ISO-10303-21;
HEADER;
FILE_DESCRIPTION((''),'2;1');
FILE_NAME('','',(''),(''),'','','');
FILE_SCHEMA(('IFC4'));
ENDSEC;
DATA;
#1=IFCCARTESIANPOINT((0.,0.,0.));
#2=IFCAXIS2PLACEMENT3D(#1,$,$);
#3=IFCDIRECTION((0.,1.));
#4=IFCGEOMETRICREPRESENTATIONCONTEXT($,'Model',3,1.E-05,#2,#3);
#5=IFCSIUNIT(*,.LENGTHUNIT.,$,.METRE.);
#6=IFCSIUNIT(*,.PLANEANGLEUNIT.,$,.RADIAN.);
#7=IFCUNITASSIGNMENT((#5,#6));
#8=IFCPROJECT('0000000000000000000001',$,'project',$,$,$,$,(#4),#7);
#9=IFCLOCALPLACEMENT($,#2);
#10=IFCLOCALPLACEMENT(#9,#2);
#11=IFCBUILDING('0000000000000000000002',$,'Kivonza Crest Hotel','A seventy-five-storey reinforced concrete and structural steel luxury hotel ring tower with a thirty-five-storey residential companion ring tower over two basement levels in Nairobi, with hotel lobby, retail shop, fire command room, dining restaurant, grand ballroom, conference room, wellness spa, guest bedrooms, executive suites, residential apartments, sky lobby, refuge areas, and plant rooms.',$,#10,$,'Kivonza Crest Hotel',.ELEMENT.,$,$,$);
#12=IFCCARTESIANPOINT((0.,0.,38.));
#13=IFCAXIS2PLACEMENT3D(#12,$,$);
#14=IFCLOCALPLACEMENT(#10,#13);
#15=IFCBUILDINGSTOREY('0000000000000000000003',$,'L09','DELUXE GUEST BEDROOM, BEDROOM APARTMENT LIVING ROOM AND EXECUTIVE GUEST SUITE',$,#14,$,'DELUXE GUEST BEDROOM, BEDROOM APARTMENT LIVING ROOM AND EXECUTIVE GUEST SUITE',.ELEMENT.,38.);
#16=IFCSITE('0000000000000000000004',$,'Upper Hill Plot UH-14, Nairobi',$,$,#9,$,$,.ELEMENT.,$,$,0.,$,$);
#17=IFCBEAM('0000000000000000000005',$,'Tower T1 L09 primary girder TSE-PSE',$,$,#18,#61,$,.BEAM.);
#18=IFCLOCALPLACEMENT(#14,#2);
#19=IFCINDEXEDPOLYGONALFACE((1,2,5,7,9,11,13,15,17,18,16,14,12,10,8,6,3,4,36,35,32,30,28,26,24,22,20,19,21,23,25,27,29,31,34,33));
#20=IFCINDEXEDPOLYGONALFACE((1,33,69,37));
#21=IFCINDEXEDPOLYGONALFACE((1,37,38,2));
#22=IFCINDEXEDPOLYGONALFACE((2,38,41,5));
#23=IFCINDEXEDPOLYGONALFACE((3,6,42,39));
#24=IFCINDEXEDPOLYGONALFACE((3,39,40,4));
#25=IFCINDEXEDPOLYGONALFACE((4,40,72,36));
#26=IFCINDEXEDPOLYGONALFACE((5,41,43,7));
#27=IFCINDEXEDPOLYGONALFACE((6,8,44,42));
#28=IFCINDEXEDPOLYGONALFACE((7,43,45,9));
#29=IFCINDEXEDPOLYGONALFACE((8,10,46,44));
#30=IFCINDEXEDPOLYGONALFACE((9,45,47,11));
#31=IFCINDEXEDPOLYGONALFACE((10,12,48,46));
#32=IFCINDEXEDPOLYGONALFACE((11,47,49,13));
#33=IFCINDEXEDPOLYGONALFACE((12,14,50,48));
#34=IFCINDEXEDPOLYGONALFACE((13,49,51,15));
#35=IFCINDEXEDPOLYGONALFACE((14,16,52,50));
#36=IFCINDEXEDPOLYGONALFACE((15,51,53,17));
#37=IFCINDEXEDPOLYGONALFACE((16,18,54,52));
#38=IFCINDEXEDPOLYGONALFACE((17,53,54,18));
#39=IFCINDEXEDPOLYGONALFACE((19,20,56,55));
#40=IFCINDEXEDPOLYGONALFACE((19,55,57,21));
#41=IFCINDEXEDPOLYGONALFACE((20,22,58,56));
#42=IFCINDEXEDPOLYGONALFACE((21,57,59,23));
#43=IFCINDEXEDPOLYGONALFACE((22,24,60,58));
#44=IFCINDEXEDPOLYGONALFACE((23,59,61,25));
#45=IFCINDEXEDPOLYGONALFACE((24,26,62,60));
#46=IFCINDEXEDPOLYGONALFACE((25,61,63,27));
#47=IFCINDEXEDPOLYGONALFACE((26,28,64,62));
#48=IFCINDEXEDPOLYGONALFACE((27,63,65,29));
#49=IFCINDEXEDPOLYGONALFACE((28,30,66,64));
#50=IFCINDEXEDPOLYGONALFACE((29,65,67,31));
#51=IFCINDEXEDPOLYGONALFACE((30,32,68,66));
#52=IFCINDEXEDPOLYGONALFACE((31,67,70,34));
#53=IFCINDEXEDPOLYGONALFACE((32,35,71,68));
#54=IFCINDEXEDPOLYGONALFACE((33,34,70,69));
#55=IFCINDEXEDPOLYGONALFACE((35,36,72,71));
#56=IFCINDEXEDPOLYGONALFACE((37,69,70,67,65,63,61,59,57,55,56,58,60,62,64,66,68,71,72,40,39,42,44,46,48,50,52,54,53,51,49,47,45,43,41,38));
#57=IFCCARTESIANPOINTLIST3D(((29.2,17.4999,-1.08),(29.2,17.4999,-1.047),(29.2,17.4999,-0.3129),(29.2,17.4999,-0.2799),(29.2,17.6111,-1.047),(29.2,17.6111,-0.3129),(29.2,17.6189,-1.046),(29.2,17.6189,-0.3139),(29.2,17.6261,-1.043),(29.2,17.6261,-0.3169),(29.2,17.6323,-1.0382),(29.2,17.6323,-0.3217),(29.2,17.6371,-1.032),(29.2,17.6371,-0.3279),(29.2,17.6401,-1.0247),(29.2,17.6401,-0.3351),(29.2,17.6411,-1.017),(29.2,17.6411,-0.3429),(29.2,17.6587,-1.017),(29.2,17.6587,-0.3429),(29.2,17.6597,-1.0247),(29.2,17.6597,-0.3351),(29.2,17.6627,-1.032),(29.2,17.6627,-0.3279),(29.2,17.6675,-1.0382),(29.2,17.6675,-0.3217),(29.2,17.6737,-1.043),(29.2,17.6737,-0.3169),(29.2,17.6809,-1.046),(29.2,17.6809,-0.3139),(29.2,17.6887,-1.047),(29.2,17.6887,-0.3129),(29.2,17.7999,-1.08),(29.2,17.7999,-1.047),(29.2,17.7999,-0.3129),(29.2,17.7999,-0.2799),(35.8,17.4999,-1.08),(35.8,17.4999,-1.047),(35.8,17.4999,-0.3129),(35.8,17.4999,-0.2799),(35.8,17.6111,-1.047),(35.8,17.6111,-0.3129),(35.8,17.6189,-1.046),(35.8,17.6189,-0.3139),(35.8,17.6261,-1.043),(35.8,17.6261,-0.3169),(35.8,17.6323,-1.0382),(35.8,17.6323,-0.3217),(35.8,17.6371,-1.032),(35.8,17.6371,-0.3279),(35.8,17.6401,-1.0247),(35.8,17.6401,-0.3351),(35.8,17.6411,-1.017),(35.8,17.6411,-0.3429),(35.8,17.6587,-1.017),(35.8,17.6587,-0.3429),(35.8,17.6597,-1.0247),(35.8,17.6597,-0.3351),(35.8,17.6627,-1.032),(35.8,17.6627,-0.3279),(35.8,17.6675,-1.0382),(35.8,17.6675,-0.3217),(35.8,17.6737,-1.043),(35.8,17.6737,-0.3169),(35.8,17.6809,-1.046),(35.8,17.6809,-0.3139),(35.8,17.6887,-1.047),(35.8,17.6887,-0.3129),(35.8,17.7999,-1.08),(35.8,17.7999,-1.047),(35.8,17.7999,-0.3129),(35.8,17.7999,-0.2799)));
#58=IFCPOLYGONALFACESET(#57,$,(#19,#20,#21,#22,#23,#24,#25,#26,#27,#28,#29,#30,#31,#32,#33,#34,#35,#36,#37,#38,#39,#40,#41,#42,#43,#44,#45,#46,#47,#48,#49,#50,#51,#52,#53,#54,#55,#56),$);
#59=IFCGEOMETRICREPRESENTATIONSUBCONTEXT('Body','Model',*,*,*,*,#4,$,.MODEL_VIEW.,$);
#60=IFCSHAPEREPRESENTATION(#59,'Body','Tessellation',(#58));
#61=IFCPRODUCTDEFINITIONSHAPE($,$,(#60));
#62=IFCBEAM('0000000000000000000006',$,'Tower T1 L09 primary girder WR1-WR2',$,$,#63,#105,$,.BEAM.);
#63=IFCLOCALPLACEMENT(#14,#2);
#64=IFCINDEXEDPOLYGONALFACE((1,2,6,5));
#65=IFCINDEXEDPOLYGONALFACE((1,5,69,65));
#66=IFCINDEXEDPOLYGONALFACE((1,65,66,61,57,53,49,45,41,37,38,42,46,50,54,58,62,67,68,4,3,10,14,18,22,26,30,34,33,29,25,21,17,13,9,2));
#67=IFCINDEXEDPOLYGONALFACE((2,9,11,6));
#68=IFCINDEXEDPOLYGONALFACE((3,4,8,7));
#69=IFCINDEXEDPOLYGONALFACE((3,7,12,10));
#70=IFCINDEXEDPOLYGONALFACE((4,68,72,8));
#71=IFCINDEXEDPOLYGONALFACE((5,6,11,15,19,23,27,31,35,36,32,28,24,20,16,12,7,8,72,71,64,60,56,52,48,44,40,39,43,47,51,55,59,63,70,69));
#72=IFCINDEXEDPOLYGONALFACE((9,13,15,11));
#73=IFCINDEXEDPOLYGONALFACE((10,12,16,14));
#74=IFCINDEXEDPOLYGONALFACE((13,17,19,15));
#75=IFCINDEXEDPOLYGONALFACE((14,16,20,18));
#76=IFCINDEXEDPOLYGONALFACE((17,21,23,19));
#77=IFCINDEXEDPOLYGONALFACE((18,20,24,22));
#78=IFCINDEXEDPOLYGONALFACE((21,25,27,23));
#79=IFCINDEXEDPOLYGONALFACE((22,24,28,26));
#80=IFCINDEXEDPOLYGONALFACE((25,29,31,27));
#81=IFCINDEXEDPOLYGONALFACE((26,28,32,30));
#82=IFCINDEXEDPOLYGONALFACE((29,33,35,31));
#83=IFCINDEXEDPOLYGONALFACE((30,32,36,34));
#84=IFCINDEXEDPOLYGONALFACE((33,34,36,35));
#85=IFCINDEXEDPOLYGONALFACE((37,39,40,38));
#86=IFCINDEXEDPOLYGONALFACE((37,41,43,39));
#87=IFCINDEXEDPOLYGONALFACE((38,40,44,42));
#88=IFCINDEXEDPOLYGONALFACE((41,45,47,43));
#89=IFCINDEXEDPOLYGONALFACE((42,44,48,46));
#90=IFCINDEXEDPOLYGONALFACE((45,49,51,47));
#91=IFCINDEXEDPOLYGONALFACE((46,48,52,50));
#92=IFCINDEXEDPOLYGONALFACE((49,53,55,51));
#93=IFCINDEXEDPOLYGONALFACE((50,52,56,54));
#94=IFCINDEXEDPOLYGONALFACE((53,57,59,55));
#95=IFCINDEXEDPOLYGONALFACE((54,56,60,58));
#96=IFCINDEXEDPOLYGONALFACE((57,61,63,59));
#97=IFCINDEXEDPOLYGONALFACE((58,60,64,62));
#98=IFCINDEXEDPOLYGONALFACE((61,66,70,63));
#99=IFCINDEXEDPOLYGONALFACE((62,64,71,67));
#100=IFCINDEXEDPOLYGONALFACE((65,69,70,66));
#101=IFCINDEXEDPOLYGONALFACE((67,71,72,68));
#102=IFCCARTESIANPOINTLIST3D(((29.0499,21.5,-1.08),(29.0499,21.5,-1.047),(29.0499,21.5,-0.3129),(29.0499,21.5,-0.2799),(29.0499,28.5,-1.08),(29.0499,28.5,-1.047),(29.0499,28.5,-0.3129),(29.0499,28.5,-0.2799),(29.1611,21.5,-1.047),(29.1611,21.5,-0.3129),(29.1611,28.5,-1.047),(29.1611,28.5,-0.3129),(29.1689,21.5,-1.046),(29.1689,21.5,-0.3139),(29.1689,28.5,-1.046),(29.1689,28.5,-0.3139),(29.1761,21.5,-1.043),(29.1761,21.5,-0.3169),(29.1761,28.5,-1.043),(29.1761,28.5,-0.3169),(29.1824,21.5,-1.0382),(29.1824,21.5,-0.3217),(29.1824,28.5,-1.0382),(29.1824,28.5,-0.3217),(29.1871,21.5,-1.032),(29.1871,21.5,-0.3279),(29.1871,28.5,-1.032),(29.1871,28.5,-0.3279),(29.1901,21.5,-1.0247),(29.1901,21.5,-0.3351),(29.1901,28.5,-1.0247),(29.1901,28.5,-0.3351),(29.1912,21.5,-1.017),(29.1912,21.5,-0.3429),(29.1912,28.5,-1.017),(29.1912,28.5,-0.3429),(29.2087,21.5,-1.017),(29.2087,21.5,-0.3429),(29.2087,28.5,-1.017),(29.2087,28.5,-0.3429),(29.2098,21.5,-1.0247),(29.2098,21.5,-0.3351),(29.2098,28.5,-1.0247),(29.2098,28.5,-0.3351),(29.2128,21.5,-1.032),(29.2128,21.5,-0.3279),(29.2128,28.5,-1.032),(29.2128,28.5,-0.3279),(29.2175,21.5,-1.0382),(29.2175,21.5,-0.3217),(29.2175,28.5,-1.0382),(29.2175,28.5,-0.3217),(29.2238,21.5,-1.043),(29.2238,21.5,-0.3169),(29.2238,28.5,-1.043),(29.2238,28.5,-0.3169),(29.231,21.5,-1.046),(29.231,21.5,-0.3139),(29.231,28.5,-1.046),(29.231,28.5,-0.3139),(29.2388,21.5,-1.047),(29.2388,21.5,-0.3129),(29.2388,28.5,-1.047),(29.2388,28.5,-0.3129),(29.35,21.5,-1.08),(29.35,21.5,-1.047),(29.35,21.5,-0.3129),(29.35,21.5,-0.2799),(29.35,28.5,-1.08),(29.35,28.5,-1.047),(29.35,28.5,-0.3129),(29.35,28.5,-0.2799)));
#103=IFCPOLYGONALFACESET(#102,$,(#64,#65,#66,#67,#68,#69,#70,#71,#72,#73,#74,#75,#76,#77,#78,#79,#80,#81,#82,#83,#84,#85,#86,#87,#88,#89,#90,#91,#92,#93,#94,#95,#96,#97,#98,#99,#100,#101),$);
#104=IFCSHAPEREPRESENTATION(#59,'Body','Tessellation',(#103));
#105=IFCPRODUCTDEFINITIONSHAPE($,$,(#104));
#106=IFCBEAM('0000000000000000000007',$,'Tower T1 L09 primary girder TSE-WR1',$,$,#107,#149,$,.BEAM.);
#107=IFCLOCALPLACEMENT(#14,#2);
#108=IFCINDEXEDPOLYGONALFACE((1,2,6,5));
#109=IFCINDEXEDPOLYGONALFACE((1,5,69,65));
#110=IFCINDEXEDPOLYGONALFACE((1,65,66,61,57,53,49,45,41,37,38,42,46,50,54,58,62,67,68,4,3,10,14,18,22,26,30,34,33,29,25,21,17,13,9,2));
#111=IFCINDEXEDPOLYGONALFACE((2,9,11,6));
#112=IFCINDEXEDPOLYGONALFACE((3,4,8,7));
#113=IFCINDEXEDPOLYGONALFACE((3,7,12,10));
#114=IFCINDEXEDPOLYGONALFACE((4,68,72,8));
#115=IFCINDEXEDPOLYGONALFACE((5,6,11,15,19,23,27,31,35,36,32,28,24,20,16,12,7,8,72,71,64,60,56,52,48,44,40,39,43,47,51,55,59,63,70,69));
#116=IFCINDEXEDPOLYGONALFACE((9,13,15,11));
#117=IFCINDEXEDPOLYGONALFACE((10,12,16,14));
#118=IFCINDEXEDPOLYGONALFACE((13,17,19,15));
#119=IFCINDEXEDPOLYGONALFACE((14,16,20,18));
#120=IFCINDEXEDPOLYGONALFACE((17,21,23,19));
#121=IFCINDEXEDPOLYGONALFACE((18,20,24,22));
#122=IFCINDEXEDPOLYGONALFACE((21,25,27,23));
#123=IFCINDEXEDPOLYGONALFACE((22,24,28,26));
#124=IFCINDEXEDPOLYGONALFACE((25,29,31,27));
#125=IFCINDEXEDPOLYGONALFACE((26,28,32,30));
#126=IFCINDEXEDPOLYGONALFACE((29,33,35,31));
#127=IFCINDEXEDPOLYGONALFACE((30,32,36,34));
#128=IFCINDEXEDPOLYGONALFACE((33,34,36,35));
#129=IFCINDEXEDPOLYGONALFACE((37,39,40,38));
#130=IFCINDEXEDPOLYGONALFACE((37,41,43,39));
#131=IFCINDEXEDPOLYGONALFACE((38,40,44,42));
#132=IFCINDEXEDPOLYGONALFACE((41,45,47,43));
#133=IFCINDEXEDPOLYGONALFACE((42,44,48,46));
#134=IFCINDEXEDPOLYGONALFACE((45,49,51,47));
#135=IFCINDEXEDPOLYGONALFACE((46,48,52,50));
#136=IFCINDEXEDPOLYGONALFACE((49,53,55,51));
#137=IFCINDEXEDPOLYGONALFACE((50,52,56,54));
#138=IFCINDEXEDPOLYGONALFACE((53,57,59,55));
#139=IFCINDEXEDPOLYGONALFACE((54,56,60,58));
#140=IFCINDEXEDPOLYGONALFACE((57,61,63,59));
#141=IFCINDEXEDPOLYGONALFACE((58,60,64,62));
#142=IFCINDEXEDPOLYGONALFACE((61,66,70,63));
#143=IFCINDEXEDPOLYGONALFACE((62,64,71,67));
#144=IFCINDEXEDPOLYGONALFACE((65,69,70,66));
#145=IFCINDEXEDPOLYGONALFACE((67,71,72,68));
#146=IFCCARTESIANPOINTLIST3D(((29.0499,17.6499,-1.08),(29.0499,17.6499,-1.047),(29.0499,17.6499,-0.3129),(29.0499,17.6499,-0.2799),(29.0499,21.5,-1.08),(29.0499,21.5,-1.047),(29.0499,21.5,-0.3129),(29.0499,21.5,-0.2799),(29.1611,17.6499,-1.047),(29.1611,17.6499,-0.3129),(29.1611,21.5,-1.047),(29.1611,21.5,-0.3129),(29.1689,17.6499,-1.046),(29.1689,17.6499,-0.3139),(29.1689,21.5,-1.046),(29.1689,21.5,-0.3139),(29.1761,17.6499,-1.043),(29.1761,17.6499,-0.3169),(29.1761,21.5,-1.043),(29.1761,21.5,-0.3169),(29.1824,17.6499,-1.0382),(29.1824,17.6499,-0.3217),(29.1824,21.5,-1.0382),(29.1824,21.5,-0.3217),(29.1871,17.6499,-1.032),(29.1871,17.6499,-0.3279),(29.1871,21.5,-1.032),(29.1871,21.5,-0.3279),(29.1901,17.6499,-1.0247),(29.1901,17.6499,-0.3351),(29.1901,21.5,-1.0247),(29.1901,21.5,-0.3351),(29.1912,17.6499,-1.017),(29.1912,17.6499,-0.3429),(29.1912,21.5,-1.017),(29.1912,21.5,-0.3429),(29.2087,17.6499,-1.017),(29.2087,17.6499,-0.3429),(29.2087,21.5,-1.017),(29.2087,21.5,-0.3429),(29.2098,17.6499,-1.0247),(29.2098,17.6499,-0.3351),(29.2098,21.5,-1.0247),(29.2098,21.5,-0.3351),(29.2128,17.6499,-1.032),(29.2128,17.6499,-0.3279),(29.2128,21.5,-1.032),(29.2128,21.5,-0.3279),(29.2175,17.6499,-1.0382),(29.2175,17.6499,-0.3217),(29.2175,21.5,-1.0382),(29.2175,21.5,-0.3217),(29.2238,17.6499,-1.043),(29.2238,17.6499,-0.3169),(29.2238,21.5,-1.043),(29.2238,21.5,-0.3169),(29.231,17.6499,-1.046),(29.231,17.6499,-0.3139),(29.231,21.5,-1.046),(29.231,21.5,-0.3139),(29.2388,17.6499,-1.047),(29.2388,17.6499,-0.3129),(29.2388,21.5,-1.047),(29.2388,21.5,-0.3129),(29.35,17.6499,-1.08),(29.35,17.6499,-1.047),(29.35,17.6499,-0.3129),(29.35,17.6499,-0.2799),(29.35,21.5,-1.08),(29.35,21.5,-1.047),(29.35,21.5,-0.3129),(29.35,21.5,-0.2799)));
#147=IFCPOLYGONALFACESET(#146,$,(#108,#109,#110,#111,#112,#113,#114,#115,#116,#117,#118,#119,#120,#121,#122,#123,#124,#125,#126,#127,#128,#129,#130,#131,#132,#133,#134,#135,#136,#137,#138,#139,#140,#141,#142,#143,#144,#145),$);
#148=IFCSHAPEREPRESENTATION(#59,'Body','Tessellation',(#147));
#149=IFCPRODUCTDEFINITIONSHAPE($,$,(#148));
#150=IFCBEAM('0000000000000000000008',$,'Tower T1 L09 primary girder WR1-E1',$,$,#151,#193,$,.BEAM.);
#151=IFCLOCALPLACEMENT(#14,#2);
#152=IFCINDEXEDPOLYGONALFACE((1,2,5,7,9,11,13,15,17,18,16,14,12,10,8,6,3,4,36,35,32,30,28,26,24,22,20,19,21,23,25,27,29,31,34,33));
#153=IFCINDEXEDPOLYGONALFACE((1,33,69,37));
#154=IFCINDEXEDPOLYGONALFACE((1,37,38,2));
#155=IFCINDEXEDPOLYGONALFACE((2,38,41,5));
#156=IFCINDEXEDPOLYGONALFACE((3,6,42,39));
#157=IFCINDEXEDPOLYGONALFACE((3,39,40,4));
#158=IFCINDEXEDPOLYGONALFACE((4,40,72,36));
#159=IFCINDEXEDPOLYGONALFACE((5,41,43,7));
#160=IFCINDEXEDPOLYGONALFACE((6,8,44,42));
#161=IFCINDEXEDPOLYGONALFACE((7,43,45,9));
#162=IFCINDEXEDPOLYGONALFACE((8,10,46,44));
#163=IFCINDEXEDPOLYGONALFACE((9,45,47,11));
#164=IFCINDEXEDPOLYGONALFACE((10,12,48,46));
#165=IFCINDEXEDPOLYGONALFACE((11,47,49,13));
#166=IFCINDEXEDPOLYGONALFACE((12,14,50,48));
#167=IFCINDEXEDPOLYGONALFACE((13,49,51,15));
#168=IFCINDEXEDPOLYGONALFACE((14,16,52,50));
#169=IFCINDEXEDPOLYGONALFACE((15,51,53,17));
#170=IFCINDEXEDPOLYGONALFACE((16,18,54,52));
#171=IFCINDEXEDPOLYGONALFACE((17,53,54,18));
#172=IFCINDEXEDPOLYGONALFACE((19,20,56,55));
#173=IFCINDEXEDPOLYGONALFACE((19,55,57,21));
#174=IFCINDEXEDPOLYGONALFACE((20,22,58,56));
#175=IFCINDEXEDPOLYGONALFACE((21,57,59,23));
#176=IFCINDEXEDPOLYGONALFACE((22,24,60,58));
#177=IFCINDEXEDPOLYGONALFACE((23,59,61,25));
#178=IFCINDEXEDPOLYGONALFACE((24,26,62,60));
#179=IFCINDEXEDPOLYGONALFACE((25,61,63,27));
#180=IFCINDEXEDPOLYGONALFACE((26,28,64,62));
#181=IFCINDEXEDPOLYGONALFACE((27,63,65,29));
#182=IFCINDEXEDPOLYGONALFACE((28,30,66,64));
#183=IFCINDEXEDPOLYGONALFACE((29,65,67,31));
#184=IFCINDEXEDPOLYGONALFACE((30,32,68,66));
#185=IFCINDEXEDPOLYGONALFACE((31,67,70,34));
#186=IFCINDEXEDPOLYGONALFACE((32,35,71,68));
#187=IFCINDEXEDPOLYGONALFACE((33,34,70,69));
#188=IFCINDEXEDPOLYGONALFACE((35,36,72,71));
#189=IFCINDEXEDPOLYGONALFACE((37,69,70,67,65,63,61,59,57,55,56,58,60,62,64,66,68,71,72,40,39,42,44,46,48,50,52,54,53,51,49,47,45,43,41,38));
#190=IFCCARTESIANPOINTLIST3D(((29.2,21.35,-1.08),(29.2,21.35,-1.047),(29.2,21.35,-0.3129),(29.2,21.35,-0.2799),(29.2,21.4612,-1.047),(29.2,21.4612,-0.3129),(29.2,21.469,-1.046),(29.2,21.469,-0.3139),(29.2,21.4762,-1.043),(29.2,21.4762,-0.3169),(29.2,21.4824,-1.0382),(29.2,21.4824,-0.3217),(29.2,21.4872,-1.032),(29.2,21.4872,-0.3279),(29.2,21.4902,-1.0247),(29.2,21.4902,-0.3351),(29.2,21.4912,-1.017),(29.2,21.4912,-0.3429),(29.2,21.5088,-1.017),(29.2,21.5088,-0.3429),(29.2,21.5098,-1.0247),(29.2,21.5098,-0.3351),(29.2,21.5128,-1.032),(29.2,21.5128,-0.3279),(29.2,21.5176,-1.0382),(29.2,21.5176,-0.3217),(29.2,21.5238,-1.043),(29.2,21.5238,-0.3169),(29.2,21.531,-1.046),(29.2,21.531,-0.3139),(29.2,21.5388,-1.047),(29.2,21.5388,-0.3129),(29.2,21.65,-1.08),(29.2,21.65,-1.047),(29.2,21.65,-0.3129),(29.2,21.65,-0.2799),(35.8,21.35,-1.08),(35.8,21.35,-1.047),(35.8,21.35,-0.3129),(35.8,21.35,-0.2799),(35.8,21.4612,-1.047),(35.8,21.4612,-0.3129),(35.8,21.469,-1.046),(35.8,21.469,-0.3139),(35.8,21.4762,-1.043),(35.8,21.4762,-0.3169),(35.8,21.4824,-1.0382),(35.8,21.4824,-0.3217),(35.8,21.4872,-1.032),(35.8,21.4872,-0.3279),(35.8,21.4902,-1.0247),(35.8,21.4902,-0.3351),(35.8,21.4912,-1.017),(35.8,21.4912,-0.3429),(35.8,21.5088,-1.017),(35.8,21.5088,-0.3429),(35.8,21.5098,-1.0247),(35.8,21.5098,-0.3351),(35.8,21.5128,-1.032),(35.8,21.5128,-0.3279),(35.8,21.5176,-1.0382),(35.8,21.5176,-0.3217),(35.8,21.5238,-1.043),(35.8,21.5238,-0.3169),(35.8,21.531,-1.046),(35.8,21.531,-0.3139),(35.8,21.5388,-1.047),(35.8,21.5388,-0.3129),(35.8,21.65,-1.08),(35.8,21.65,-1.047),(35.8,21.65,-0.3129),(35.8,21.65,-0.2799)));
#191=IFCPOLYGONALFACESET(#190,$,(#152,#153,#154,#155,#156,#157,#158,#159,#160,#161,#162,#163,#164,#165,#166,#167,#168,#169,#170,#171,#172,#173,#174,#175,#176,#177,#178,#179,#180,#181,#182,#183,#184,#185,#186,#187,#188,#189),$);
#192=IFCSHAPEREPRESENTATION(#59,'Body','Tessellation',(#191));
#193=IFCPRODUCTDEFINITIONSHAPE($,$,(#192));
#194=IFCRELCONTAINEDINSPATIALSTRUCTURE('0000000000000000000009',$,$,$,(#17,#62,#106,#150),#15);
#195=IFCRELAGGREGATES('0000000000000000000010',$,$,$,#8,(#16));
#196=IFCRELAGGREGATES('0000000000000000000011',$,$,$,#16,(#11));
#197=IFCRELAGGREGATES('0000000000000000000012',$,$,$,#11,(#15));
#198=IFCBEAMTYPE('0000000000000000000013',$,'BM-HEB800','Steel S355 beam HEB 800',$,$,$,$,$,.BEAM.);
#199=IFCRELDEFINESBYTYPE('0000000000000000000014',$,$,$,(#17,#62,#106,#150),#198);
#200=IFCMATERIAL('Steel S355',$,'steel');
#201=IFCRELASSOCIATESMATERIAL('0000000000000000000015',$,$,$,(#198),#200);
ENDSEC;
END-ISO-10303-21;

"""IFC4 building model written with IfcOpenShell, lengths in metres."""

from ifc_helpers import new_model, si_unit, direction, frame, origin, origin_2d, place, context, subcontext, project, spatial, i_section, extrude, material, material_profile, profile_set, type_object, element, save


model = new_model("IFC4")

# Units and contexts
model_context = context("Model", 3, precision=1e-05, world=origin(), true_north=direction((0.0, 1.0)))
body_context = subcontext(model_context, "Body", "Model", "MODEL_VIEW")
ifc_project = project(units=[si_unit("LENGTHUNIT", "METRE"), si_unit("PLANEANGLEUNIT", "RADIAN")], contexts=[model_context])

# Site, building, storey
site_placement = place(None, origin())
site = spatial("IfcSite", under=ifc_project, at=site_placement, Name="Upper Hill Plot UH-14, Nairobi", CompositionType="ELEMENT", RefElevation=0.0)
building_placement = place(site_placement, origin())
building = spatial("IfcBuilding", under=site, at=building_placement, Name="Kivonza Crest Hotel", Description="A seventy-five-storey reinforced concrete and structural steel luxury hotel ring tower with a thirty-five-storey residential companion ring tower over two basement levels in Nairobi, with hotel lobby, retail shop, fire command room, dining restaurant, grand ballroom, conference room, wellness spa, guest bedrooms, executive suites, residential apartments, sky lobby, refuge areas, and plant rooms.", LongName="Kivonza Crest Hotel", CompositionType="ELEMENT")
storey_placement = place(building_placement, frame((0.0, 0.0, 38.0)))
storey = spatial("IfcBuildingStorey", under=building, at=storey_placement, Name="L09", Description="DELUXE GUEST BEDROOM, BEDROOM APARTMENT LIVING ROOM AND EXECUTIVE GUEST SUITE", LongName="DELUXE GUEST BEDROOM, BEDROOM APARTMENT LIVING ROOM AND EXECUTIVE GUEST SUITE", CompositionType="ELEMENT", Elevation=38.0)

# Beams
ifc_material_1 = material(Name="Steel S355", Category="steel")
ifc_material_profile_1 = material_profile(ifc_material_1, i_section(OverallWidth=0.3, OverallDepth=0.8, WebThickness=0.0176, FlangeThickness=0.033, FilletRadius=0.03, at=origin_2d()), Name="HEB 800")
ifc_profile_set_1 = profile_set([ifc_material_profile_1], Name="Steel S355")
beam_type_1 = type_object("IfcBeamType", Name="BM-HEB800", Description="Steel S355 beam HEB 800", PredefinedType="BEAM", material=ifc_profile_set_1)
beam_1_placement = place(storey_placement, frame((29.2, 17.6499, -0.6799), z_axis=(1.0, 0.0, 0.0), x_axis=(0.0, 1.0, 0.0)))
element("IfcBeam", 1, at=beam_1_placement, inside=storey, type_object=beam_type_1, Name="Tower T1 L09 primary girder TSE-PSE", PredefinedType="BEAM", context=body_context, shape_type="SweptSolid", body=[
    extrude(i_section(OverallWidth=0.3, OverallDepth=0.8, WebThickness=0.0176, FlangeThickness=0.033, FilletRadius=0.03, at=origin_2d()), origin(), (0.0, 0.0, 1.0), 6.6001),
])
beam_2_placement = place(storey_placement, frame((29.2, 21.5, -0.6799), z_axis=(0.0, 1.0, 0.0), x_axis=(-1.0, 0.0, 0.0)))
element("IfcBeam", 2, at=beam_2_placement, inside=storey, type_object=beam_type_1, Name="Tower T1 L09 primary girder WR1-WR2", PredefinedType="BEAM", context=body_context, shape_type="SweptSolid", body=[
    extrude(i_section(OverallWidth=0.3, OverallDepth=0.8, WebThickness=0.0176, FlangeThickness=0.033, FilletRadius=0.03, at=origin_2d()), origin(), (0.0, 0.0, 1.0), 7.0),
])
beam_3_placement = place(storey_placement, frame((29.2, 17.6499, -0.6799), z_axis=(0.0, 1.0, 0.0), x_axis=(-1.0, 0.0, 0.0)))
element("IfcBeam", 3, at=beam_3_placement, inside=storey, type_object=beam_type_1, Name="Tower T1 L09 primary girder TSE-WR1", PredefinedType="BEAM", context=body_context, shape_type="SweptSolid", body=[
    extrude(i_section(OverallWidth=0.3, OverallDepth=0.8, WebThickness=0.0176, FlangeThickness=0.033, FilletRadius=0.03, at=origin_2d()), origin(), (0.0, 0.0, 1.0), 3.8501),
])
beam_4_placement = place(storey_placement, frame((29.2, 21.5, -0.6799), z_axis=(1.0, 0.0, 0.0), x_axis=(0.0, 1.0, 0.0)))
element("IfcBeam", 4, at=beam_4_placement, inside=storey, type_object=beam_type_1, Name="Tower T1 L09 primary girder WR1-E1", PredefinedType="BEAM", context=body_context, shape_type="SweptSolid", body=[
    extrude(i_section(OverallWidth=0.3, OverallDepth=0.8, WebThickness=0.0176, FlangeThickness=0.033, FilletRadius=0.03, at=origin_2d()), origin(), (0.0, 0.0, 1.0), 6.6001),
])

save(model, "model.ifc")
